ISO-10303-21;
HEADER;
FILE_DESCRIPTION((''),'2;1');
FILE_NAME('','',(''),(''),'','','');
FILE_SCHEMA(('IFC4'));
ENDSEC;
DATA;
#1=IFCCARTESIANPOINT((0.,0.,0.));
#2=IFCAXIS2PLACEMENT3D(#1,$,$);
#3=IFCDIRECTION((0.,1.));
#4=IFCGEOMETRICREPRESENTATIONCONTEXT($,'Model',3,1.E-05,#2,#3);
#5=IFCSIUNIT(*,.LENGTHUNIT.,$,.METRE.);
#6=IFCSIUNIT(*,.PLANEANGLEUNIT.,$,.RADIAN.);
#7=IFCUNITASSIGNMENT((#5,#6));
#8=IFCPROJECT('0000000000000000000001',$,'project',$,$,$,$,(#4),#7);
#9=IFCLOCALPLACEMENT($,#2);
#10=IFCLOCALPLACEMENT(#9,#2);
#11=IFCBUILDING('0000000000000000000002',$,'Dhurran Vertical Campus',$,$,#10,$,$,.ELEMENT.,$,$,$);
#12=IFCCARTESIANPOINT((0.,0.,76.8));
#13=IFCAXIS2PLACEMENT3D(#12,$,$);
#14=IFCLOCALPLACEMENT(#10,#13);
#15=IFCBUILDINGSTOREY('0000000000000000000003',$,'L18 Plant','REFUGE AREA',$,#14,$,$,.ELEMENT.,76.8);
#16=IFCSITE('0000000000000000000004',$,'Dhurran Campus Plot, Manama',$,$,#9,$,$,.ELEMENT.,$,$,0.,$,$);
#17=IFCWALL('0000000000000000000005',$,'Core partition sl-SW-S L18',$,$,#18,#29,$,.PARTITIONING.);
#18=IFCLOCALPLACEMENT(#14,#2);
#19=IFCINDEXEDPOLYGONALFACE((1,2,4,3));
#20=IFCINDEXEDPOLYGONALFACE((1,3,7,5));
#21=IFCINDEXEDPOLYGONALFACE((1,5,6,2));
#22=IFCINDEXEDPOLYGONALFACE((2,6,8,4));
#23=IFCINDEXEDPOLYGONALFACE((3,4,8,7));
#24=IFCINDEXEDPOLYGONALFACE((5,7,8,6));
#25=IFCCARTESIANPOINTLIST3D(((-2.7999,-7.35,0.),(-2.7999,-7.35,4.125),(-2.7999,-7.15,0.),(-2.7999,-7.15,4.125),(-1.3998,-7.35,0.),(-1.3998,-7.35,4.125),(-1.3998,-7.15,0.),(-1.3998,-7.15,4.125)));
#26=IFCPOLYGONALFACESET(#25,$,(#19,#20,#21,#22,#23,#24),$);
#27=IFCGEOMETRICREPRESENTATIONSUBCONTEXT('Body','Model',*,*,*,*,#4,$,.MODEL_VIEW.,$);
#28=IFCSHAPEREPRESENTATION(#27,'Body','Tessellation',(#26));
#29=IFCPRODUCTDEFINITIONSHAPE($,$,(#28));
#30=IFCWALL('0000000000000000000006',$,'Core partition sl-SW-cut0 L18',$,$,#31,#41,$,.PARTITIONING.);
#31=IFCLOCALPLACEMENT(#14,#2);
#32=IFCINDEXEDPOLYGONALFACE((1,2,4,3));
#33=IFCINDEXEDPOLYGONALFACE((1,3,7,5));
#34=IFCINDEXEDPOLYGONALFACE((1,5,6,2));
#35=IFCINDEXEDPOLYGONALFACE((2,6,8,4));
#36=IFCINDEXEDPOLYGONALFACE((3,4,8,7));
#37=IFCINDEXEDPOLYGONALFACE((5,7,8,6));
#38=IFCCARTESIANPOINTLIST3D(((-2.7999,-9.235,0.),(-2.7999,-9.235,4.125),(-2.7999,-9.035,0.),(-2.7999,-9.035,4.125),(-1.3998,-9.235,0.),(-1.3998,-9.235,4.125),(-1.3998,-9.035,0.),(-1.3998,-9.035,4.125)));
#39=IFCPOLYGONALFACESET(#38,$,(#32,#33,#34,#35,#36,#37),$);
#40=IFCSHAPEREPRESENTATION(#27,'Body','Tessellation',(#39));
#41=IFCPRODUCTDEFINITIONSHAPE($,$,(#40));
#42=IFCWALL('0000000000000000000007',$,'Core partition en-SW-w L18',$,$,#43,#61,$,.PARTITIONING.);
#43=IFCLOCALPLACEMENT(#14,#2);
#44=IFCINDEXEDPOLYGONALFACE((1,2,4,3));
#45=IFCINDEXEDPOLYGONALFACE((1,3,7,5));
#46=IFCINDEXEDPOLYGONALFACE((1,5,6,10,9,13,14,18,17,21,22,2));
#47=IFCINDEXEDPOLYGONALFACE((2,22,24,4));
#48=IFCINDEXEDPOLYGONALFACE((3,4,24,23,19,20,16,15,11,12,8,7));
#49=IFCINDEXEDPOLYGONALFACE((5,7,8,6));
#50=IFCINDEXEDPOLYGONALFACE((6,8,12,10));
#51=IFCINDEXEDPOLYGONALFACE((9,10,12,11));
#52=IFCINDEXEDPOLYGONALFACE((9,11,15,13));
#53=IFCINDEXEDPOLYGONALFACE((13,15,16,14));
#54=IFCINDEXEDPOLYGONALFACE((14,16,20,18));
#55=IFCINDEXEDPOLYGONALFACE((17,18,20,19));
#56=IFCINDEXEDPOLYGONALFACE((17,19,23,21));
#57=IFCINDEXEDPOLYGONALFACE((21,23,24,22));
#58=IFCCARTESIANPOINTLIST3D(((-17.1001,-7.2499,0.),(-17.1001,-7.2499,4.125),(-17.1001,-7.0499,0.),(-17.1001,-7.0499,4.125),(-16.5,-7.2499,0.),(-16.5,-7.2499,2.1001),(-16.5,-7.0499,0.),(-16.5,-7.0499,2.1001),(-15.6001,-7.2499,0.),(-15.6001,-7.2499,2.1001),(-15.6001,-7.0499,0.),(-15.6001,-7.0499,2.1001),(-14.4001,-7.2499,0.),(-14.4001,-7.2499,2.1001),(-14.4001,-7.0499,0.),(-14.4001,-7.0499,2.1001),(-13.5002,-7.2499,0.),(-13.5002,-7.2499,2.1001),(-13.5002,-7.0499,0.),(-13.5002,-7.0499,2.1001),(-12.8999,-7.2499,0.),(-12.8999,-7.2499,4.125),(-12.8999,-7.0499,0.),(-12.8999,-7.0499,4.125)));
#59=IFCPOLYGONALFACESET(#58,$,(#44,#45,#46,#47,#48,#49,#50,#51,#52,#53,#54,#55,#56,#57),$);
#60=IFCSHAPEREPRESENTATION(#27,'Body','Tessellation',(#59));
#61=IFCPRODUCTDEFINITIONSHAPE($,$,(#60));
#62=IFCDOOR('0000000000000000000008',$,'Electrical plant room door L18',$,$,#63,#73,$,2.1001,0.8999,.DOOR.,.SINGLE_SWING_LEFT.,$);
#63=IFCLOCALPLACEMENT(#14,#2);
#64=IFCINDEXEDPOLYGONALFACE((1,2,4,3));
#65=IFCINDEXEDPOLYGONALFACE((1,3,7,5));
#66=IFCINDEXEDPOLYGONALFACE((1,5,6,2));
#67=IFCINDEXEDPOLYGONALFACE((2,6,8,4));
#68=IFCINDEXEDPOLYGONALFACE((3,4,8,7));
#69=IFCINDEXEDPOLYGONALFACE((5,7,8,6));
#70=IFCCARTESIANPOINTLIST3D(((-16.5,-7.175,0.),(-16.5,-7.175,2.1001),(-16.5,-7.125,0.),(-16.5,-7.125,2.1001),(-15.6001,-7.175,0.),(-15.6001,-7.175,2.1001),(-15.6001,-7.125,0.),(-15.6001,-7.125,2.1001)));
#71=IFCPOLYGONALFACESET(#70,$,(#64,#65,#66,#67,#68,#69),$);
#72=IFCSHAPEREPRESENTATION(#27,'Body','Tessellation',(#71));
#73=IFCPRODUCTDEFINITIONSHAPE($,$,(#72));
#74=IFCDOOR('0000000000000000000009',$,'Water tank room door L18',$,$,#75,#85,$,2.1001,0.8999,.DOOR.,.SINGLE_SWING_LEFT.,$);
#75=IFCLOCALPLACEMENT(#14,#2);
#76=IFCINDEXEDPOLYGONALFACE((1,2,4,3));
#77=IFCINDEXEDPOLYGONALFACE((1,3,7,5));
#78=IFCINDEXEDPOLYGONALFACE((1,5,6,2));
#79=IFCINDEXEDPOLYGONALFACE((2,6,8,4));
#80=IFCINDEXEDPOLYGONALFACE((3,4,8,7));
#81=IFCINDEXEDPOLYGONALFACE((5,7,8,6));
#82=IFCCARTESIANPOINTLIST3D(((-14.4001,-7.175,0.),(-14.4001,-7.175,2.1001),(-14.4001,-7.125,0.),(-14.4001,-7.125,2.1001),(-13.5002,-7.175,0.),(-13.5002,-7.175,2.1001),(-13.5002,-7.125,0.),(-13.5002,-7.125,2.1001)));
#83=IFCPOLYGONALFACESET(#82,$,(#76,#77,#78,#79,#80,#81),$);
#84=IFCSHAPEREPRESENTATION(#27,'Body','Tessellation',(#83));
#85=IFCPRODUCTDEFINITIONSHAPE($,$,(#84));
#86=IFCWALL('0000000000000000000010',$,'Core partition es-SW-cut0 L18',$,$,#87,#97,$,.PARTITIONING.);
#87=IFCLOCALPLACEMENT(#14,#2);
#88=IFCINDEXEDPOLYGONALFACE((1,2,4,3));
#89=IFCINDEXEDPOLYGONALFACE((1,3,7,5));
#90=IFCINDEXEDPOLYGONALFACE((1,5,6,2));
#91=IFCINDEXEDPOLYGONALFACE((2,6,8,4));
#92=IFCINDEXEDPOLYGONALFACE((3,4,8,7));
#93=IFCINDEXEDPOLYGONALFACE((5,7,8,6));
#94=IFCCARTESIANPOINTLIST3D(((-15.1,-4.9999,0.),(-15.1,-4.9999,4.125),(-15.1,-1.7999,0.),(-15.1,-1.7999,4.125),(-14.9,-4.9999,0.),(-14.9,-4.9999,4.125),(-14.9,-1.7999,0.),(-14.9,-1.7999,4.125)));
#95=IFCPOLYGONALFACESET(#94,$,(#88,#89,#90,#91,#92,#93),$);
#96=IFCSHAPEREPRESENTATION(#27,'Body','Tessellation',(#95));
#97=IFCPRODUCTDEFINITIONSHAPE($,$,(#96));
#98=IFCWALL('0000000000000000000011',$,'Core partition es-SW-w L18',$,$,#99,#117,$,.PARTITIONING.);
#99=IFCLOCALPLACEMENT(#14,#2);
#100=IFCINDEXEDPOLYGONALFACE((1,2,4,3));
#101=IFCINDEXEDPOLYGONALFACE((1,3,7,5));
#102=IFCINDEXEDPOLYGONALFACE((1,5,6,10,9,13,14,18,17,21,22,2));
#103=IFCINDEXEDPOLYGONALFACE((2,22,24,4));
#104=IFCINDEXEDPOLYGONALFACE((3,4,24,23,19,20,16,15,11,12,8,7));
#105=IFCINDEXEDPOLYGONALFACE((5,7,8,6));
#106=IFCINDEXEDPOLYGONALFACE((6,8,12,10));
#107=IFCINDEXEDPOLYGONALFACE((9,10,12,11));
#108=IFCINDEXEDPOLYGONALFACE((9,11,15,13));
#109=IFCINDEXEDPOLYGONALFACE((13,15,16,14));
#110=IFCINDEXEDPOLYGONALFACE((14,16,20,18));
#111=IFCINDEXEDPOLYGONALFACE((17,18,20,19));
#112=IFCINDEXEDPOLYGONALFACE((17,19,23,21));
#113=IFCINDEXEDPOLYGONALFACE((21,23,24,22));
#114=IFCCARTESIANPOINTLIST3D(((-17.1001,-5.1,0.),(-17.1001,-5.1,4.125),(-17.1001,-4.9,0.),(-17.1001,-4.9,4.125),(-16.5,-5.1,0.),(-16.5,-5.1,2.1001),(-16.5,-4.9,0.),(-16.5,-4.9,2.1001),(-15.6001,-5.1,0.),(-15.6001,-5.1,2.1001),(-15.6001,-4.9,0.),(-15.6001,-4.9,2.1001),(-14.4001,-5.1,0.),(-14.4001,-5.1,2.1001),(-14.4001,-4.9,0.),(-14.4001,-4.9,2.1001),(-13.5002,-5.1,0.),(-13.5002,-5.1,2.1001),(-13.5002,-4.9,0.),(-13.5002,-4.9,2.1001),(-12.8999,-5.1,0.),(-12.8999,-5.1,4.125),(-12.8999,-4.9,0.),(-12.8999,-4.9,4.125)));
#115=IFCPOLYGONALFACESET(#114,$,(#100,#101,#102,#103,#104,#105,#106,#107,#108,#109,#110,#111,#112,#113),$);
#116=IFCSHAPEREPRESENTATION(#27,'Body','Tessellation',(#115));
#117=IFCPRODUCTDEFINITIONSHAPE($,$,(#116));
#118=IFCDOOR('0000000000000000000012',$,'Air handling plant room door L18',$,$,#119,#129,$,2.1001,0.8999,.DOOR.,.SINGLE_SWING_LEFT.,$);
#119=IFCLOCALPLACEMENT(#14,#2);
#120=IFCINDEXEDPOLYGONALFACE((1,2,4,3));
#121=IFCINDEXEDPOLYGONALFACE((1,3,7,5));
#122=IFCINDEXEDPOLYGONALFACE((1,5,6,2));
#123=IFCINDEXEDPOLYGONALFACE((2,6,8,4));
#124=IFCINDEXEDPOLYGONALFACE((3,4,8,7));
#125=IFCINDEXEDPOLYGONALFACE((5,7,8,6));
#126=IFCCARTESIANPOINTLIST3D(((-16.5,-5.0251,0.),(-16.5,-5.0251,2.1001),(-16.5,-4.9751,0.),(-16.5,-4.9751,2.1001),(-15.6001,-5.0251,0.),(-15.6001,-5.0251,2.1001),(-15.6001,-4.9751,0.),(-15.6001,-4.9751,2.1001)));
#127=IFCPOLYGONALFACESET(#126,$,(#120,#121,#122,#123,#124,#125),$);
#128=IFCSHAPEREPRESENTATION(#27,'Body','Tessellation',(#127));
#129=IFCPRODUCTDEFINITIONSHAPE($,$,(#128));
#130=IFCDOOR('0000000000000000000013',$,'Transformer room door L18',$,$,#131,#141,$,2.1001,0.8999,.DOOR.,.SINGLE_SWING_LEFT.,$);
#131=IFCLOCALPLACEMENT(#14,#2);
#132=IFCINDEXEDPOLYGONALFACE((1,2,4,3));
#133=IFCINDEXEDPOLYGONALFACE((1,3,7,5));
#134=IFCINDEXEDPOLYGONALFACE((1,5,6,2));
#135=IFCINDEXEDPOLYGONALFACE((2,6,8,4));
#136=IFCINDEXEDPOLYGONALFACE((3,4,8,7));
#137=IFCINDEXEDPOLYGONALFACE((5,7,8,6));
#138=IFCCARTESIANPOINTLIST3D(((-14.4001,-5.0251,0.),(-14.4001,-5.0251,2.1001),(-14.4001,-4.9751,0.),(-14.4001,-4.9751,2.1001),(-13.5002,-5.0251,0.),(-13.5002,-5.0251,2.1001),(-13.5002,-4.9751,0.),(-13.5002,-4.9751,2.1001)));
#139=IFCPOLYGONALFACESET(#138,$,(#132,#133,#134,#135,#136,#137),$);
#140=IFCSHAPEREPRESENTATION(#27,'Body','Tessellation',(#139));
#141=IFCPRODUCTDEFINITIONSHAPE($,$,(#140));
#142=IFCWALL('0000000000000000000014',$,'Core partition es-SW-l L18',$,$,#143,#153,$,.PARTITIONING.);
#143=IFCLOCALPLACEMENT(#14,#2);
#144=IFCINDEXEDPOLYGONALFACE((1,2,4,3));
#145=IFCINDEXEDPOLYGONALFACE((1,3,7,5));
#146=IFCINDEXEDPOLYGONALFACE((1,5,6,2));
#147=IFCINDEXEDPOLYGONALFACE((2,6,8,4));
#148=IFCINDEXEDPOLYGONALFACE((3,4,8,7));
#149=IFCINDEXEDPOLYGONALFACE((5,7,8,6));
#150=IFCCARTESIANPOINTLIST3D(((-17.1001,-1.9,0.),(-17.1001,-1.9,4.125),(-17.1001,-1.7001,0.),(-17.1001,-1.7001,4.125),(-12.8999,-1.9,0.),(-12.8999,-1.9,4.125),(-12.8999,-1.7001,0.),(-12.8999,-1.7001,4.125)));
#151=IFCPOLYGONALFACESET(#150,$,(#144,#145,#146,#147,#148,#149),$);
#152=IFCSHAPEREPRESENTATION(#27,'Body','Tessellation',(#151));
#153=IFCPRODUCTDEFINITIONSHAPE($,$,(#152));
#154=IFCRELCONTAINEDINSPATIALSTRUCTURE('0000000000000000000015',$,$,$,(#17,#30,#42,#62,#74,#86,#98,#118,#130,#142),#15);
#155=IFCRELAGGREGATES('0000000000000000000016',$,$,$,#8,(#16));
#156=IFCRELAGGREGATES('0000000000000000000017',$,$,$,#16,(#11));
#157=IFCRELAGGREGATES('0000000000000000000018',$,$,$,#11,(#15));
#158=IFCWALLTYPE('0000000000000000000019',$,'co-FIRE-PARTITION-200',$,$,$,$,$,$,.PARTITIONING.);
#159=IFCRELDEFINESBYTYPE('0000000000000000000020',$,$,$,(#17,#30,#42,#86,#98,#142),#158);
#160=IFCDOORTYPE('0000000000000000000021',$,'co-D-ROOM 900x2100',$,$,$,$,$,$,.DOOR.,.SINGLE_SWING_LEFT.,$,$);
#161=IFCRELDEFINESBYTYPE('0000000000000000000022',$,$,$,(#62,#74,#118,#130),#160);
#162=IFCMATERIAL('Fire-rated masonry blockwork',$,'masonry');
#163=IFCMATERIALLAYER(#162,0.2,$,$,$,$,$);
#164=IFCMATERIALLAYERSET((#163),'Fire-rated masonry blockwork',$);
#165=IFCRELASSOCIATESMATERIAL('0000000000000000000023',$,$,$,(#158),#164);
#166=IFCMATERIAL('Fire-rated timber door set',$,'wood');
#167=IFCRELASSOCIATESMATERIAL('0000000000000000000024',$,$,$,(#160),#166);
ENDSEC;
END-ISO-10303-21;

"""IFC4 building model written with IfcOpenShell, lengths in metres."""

from ifc_helpers import new_model, si_unit, direction, frame, frame_2d, origin, place, context, subcontext, project, spatial, rectangle, extrude, material, layer, layer_set, type_object, element, fill, save


model = new_model("IFC4")

# Units and contexts
model_context = context("Model", 3, precision=1e-05, world=origin(), true_north=direction((0.0, 1.0)))
body_context = subcontext(model_context, "Body", "Model", "MODEL_VIEW")
ifc_project = project(units=[si_unit("LENGTHUNIT", "METRE"), si_unit("PLANEANGLEUNIT", "RADIAN")], contexts=[model_context])

# Site, building, storey
site_placement = place(None, origin())
site = spatial("IfcSite", under=ifc_project, at=site_placement, Name="Dhurran Campus Plot, Manama", CompositionType="ELEMENT", RefElevation=0.0)
building_placement = place(site_placement, origin())
building = spatial("IfcBuilding", under=site, at=building_placement, Name="Dhurran Vertical Campus", CompositionType="ELEMENT")
storey_placement = place(building_placement, frame((0.0, 0.0, 76.8)))
storey = spatial("IfcBuildingStorey", under=building, at=storey_placement, Name="L18 Plant", Description="REFUGE AREA", CompositionType="ELEMENT", Elevation=76.8)

# Shared definitions
ifc_material_1 = material(Name="Fire-rated masonry blockwork", Category="masonry")
ifc_layer_1 = layer(ifc_material_1, 0.2)
ifc_layer_set_1 = layer_set([ifc_layer_1], Name="Fire-rated masonry blockwork")
wall_type_1 = type_object("IfcWallType", Name="co-FIRE-PARTITION-200", PredefinedType="PARTITIONING", material=ifc_layer_set_1)

# Walls
for number, where, z_axis, x_axis, name in (
    (1, (-2.8, -7.25, 0.0), (0.0, 0.0, 1.0), (1.0, 0.0, 0.0), "Core partition sl-SW-S L18"),
    (2, (-2.8, -9.135, 0.0), (0.0, 0.0, 1.0), (1.0, 0.0, 0.0), "Core partition sl-SW-cut0 L18"),
):
    element("IfcWall", number, at=place(storey_placement, frame(where, z_axis=z_axis, x_axis=x_axis)), inside=storey, type_object=wall_type_1, Name=name, PredefinedType="PARTITIONING", context=body_context, shape_type="SweptSolid", body=[
        extrude(rectangle(XDim=1.4001, YDim=0.2, at=frame_2d((0.7002, 0.0))), origin(), (0.0, 0.0, 1.0), 4.125),
    ])

# Wall, openings, doors
wall_1_placement = place(storey_placement, frame((-17.1001, -7.1499, 0.0), z_axis=(0.0, 0.0, 1.0), x_axis=(1.0, 0.0, 0.0)))
wall_1 = element("IfcWall", 3, at=wall_1_placement, inside=storey, type_object=wall_type_1, Name="Core partition en-SW-w L18", PredefinedType="PARTITIONING", context=body_context, shape_type="SweptSolid", body=[
    extrude(rectangle(XDim=4.2002, YDim=0.2, at=frame_2d((2.1001, 0.0))), origin(), (0.0, 0.0, 1.0), 4.125),
])
opening_1_placement = place(wall_1_placement, frame((0.6001, 0.0, 0.0)))
opening_1 = element("IfcOpeningElement", 4, at=opening_1_placement, cuts=wall_1, PredefinedType="OPENING", context=body_context, shape_type="SweptSolid", body=[
    extrude(rectangle(XDim=0.8999, YDim=2.1001, at=frame_2d((0.45, 1.05))), frame((0.0, 0.1099, 0.0), z_axis=(0.0, -1.0, 0.0), x_axis=(1.0, 0.0, 0.0)), (0.0, 0.0, 1.0), 0.22),
])
opening_2_placement = place(wall_1_placement, frame((2.7, 0.0, 0.0)))
opening_2 = element("IfcOpeningElement", 5, at=opening_2_placement, cuts=wall_1, PredefinedType="OPENING", context=body_context, shape_type="SweptSolid", body=[
    extrude(rectangle(XDim=0.8999, YDim=2.1001, at=frame_2d((0.45, 1.05))), frame((0.0, 0.1099, 0.0), z_axis=(0.0, -1.0, 0.0), x_axis=(1.0, 0.0, 0.0)), (0.0, 0.0, 1.0), 0.22),
])
ifc_material_2 = material(Name="Fire-rated timber door set", Category="wood")
door_type_1 = type_object("IfcDoorType", Name="co-D-ROOM 900x2100", OperationType="SINGLE_SWING_LEFT", PredefinedType="DOOR", material=ifc_material_2)
door_1_placement = place(opening_1_placement, origin())
door_1 = element("IfcDoor", 6, at=door_1_placement, inside=storey, type_object=door_type_1, Name="Electrical plant room door L18", OperationType="SINGLE_SWING_LEFT", OverallHeight=2.1001, OverallWidth=0.8999, PredefinedType="DOOR", context=body_context, shape_type="SweptSolid", body=[
    extrude(rectangle(XDim=0.8999, YDim=2.1001, at=frame_2d((0.45, 1.05))), frame((0.0, 0.0249, 0.0), z_axis=(0.0, -1.0, 0.0), x_axis=(1.0, 0.0, 0.0)), (0.0, 0.0, 1.0), 0.05),
])
fill(opening_1, door_1)
door_2_placement = place(opening_2_placement, origin())
door_2 = element("IfcDoor", 7, at=door_2_placement, inside=storey, type_object=door_type_1, Name="Water tank room door L18", OperationType="SINGLE_SWING_LEFT", OverallHeight=2.1001, OverallWidth=0.8999, PredefinedType="DOOR", context=body_context, shape_type="SweptSolid", body=[
    extrude(rectangle(XDim=0.8999, YDim=2.1001, at=frame_2d((0.45, 1.05))), frame((0.0, 0.0249, 0.0), z_axis=(0.0, -1.0, 0.0), x_axis=(1.0, 0.0, 0.0)), (0.0, 0.0, 1.0), 0.05),
])
fill(opening_2, door_2)

# Wall
wall_2_placement = place(storey_placement, frame((-15.0, -5.0, 0.0), z_axis=(0.0, 0.0, 1.0), x_axis=(0.0, 1.0, 0.0)))
element("IfcWall", 8, at=wall_2_placement, inside=storey, type_object=wall_type_1, Name="Core partition es-SW-cut0 L18", PredefinedType="PARTITIONING", context=body_context, shape_type="SweptSolid", body=[
    extrude(rectangle(XDim=3.2, YDim=0.2, at=frame_2d((1.6001, 0.0))), origin(), (0.0, 0.0, 1.0), 4.125),
])

# Wall, openings, doors
wall_3_placement = place(storey_placement, frame((-17.1001, -5.0, 0.0), z_axis=(0.0, 0.0, 1.0), x_axis=(1.0, 0.0, 0.0)))
wall_3 = element("IfcWall", 9, at=wall_3_placement, inside=storey, type_object=wall_type_1, Name="Core partition es-SW-w L18", PredefinedType="PARTITIONING", context=body_context, shape_type="SweptSolid", body=[
    extrude(rectangle(XDim=4.2002, YDim=0.2, at=frame_2d((2.1001, 0.0))), origin(), (0.0, 0.0, 1.0), 4.125),
])
opening_3_placement = place(wall_3_placement, frame((0.6001, 0.0, 0.0)))
opening_3 = element("IfcOpeningElement", 10, at=opening_3_placement, cuts=wall_3, PredefinedType="OPENING", context=body_context, shape_type="SweptSolid", body=[
    extrude(rectangle(XDim=0.8999, YDim=2.1001, at=frame_2d((0.45, 1.05))), frame((0.0, 0.1099, 0.0), z_axis=(0.0, -1.0, 0.0), x_axis=(1.0, 0.0, 0.0)), (0.0, 0.0, 1.0), 0.22),
])
opening_4_placement = place(wall_3_placement, frame((2.7, 0.0, 0.0)))
opening_4 = element("IfcOpeningElement", 11, at=opening_4_placement, cuts=wall_3, PredefinedType="OPENING", context=body_context, shape_type="SweptSolid", body=[
    extrude(rectangle(XDim=0.8999, YDim=2.1001, at=frame_2d((0.45, 1.05))), frame((0.0, 0.1099, 0.0), z_axis=(0.0, -1.0, 0.0), x_axis=(1.0, 0.0, 0.0)), (0.0, 0.0, 1.0), 0.22),
])
door_3_placement = place(opening_3_placement, origin())
door_3 = element("IfcDoor", 12, at=door_3_placement, inside=storey, type_object=door_type_1, Name="Air handling plant room door L18", OperationType="SINGLE_SWING_LEFT", OverallHeight=2.1001, OverallWidth=0.8999, PredefinedType="DOOR", context=body_context, shape_type="SweptSolid", body=[
    extrude(rectangle(XDim=0.8999, YDim=2.1001, at=frame_2d((0.45, 1.05))), frame((0.0, 0.0249, 0.0), z_axis=(0.0, -1.0, 0.0), x_axis=(1.0, 0.0, 0.0)), (0.0, 0.0, 1.0), 0.05),
])
fill(opening_3, door_3)
door_4_placement = place(opening_4_placement, origin())
door_4 = element("IfcDoor", 13, at=door_4_placement, inside=storey, type_object=door_type_1, Name="Transformer room door L18", OperationType="SINGLE_SWING_LEFT", OverallHeight=2.1001, OverallWidth=0.8999, PredefinedType="DOOR", context=body_context, shape_type="SweptSolid", body=[
    extrude(rectangle(XDim=0.8999, YDim=2.1001, at=frame_2d((0.45, 1.05))), frame((0.0, 0.0249, 0.0), z_axis=(0.0, -1.0, 0.0), x_axis=(1.0, 0.0, 0.0)), (0.0, 0.0, 1.0), 0.05),
])
fill(opening_4, door_4)

# Wall
wall_4_placement = place(storey_placement, frame((-17.1001, -1.8, 0.0), z_axis=(0.0, 0.0, 1.0), x_axis=(1.0, 0.0, 0.0)))
element("IfcWall", 14, at=wall_4_placement, inside=storey, type_object=wall_type_1, Name="Core partition es-SW-l L18", PredefinedType="PARTITIONING", context=body_context, shape_type="SweptSolid", body=[
    extrude(rectangle(XDim=4.2002, YDim=0.2, at=frame_2d((2.1001, 0.0))), origin(), (0.0, 0.0, 1.0), 4.125),
])

save(model, "model.ifc")
